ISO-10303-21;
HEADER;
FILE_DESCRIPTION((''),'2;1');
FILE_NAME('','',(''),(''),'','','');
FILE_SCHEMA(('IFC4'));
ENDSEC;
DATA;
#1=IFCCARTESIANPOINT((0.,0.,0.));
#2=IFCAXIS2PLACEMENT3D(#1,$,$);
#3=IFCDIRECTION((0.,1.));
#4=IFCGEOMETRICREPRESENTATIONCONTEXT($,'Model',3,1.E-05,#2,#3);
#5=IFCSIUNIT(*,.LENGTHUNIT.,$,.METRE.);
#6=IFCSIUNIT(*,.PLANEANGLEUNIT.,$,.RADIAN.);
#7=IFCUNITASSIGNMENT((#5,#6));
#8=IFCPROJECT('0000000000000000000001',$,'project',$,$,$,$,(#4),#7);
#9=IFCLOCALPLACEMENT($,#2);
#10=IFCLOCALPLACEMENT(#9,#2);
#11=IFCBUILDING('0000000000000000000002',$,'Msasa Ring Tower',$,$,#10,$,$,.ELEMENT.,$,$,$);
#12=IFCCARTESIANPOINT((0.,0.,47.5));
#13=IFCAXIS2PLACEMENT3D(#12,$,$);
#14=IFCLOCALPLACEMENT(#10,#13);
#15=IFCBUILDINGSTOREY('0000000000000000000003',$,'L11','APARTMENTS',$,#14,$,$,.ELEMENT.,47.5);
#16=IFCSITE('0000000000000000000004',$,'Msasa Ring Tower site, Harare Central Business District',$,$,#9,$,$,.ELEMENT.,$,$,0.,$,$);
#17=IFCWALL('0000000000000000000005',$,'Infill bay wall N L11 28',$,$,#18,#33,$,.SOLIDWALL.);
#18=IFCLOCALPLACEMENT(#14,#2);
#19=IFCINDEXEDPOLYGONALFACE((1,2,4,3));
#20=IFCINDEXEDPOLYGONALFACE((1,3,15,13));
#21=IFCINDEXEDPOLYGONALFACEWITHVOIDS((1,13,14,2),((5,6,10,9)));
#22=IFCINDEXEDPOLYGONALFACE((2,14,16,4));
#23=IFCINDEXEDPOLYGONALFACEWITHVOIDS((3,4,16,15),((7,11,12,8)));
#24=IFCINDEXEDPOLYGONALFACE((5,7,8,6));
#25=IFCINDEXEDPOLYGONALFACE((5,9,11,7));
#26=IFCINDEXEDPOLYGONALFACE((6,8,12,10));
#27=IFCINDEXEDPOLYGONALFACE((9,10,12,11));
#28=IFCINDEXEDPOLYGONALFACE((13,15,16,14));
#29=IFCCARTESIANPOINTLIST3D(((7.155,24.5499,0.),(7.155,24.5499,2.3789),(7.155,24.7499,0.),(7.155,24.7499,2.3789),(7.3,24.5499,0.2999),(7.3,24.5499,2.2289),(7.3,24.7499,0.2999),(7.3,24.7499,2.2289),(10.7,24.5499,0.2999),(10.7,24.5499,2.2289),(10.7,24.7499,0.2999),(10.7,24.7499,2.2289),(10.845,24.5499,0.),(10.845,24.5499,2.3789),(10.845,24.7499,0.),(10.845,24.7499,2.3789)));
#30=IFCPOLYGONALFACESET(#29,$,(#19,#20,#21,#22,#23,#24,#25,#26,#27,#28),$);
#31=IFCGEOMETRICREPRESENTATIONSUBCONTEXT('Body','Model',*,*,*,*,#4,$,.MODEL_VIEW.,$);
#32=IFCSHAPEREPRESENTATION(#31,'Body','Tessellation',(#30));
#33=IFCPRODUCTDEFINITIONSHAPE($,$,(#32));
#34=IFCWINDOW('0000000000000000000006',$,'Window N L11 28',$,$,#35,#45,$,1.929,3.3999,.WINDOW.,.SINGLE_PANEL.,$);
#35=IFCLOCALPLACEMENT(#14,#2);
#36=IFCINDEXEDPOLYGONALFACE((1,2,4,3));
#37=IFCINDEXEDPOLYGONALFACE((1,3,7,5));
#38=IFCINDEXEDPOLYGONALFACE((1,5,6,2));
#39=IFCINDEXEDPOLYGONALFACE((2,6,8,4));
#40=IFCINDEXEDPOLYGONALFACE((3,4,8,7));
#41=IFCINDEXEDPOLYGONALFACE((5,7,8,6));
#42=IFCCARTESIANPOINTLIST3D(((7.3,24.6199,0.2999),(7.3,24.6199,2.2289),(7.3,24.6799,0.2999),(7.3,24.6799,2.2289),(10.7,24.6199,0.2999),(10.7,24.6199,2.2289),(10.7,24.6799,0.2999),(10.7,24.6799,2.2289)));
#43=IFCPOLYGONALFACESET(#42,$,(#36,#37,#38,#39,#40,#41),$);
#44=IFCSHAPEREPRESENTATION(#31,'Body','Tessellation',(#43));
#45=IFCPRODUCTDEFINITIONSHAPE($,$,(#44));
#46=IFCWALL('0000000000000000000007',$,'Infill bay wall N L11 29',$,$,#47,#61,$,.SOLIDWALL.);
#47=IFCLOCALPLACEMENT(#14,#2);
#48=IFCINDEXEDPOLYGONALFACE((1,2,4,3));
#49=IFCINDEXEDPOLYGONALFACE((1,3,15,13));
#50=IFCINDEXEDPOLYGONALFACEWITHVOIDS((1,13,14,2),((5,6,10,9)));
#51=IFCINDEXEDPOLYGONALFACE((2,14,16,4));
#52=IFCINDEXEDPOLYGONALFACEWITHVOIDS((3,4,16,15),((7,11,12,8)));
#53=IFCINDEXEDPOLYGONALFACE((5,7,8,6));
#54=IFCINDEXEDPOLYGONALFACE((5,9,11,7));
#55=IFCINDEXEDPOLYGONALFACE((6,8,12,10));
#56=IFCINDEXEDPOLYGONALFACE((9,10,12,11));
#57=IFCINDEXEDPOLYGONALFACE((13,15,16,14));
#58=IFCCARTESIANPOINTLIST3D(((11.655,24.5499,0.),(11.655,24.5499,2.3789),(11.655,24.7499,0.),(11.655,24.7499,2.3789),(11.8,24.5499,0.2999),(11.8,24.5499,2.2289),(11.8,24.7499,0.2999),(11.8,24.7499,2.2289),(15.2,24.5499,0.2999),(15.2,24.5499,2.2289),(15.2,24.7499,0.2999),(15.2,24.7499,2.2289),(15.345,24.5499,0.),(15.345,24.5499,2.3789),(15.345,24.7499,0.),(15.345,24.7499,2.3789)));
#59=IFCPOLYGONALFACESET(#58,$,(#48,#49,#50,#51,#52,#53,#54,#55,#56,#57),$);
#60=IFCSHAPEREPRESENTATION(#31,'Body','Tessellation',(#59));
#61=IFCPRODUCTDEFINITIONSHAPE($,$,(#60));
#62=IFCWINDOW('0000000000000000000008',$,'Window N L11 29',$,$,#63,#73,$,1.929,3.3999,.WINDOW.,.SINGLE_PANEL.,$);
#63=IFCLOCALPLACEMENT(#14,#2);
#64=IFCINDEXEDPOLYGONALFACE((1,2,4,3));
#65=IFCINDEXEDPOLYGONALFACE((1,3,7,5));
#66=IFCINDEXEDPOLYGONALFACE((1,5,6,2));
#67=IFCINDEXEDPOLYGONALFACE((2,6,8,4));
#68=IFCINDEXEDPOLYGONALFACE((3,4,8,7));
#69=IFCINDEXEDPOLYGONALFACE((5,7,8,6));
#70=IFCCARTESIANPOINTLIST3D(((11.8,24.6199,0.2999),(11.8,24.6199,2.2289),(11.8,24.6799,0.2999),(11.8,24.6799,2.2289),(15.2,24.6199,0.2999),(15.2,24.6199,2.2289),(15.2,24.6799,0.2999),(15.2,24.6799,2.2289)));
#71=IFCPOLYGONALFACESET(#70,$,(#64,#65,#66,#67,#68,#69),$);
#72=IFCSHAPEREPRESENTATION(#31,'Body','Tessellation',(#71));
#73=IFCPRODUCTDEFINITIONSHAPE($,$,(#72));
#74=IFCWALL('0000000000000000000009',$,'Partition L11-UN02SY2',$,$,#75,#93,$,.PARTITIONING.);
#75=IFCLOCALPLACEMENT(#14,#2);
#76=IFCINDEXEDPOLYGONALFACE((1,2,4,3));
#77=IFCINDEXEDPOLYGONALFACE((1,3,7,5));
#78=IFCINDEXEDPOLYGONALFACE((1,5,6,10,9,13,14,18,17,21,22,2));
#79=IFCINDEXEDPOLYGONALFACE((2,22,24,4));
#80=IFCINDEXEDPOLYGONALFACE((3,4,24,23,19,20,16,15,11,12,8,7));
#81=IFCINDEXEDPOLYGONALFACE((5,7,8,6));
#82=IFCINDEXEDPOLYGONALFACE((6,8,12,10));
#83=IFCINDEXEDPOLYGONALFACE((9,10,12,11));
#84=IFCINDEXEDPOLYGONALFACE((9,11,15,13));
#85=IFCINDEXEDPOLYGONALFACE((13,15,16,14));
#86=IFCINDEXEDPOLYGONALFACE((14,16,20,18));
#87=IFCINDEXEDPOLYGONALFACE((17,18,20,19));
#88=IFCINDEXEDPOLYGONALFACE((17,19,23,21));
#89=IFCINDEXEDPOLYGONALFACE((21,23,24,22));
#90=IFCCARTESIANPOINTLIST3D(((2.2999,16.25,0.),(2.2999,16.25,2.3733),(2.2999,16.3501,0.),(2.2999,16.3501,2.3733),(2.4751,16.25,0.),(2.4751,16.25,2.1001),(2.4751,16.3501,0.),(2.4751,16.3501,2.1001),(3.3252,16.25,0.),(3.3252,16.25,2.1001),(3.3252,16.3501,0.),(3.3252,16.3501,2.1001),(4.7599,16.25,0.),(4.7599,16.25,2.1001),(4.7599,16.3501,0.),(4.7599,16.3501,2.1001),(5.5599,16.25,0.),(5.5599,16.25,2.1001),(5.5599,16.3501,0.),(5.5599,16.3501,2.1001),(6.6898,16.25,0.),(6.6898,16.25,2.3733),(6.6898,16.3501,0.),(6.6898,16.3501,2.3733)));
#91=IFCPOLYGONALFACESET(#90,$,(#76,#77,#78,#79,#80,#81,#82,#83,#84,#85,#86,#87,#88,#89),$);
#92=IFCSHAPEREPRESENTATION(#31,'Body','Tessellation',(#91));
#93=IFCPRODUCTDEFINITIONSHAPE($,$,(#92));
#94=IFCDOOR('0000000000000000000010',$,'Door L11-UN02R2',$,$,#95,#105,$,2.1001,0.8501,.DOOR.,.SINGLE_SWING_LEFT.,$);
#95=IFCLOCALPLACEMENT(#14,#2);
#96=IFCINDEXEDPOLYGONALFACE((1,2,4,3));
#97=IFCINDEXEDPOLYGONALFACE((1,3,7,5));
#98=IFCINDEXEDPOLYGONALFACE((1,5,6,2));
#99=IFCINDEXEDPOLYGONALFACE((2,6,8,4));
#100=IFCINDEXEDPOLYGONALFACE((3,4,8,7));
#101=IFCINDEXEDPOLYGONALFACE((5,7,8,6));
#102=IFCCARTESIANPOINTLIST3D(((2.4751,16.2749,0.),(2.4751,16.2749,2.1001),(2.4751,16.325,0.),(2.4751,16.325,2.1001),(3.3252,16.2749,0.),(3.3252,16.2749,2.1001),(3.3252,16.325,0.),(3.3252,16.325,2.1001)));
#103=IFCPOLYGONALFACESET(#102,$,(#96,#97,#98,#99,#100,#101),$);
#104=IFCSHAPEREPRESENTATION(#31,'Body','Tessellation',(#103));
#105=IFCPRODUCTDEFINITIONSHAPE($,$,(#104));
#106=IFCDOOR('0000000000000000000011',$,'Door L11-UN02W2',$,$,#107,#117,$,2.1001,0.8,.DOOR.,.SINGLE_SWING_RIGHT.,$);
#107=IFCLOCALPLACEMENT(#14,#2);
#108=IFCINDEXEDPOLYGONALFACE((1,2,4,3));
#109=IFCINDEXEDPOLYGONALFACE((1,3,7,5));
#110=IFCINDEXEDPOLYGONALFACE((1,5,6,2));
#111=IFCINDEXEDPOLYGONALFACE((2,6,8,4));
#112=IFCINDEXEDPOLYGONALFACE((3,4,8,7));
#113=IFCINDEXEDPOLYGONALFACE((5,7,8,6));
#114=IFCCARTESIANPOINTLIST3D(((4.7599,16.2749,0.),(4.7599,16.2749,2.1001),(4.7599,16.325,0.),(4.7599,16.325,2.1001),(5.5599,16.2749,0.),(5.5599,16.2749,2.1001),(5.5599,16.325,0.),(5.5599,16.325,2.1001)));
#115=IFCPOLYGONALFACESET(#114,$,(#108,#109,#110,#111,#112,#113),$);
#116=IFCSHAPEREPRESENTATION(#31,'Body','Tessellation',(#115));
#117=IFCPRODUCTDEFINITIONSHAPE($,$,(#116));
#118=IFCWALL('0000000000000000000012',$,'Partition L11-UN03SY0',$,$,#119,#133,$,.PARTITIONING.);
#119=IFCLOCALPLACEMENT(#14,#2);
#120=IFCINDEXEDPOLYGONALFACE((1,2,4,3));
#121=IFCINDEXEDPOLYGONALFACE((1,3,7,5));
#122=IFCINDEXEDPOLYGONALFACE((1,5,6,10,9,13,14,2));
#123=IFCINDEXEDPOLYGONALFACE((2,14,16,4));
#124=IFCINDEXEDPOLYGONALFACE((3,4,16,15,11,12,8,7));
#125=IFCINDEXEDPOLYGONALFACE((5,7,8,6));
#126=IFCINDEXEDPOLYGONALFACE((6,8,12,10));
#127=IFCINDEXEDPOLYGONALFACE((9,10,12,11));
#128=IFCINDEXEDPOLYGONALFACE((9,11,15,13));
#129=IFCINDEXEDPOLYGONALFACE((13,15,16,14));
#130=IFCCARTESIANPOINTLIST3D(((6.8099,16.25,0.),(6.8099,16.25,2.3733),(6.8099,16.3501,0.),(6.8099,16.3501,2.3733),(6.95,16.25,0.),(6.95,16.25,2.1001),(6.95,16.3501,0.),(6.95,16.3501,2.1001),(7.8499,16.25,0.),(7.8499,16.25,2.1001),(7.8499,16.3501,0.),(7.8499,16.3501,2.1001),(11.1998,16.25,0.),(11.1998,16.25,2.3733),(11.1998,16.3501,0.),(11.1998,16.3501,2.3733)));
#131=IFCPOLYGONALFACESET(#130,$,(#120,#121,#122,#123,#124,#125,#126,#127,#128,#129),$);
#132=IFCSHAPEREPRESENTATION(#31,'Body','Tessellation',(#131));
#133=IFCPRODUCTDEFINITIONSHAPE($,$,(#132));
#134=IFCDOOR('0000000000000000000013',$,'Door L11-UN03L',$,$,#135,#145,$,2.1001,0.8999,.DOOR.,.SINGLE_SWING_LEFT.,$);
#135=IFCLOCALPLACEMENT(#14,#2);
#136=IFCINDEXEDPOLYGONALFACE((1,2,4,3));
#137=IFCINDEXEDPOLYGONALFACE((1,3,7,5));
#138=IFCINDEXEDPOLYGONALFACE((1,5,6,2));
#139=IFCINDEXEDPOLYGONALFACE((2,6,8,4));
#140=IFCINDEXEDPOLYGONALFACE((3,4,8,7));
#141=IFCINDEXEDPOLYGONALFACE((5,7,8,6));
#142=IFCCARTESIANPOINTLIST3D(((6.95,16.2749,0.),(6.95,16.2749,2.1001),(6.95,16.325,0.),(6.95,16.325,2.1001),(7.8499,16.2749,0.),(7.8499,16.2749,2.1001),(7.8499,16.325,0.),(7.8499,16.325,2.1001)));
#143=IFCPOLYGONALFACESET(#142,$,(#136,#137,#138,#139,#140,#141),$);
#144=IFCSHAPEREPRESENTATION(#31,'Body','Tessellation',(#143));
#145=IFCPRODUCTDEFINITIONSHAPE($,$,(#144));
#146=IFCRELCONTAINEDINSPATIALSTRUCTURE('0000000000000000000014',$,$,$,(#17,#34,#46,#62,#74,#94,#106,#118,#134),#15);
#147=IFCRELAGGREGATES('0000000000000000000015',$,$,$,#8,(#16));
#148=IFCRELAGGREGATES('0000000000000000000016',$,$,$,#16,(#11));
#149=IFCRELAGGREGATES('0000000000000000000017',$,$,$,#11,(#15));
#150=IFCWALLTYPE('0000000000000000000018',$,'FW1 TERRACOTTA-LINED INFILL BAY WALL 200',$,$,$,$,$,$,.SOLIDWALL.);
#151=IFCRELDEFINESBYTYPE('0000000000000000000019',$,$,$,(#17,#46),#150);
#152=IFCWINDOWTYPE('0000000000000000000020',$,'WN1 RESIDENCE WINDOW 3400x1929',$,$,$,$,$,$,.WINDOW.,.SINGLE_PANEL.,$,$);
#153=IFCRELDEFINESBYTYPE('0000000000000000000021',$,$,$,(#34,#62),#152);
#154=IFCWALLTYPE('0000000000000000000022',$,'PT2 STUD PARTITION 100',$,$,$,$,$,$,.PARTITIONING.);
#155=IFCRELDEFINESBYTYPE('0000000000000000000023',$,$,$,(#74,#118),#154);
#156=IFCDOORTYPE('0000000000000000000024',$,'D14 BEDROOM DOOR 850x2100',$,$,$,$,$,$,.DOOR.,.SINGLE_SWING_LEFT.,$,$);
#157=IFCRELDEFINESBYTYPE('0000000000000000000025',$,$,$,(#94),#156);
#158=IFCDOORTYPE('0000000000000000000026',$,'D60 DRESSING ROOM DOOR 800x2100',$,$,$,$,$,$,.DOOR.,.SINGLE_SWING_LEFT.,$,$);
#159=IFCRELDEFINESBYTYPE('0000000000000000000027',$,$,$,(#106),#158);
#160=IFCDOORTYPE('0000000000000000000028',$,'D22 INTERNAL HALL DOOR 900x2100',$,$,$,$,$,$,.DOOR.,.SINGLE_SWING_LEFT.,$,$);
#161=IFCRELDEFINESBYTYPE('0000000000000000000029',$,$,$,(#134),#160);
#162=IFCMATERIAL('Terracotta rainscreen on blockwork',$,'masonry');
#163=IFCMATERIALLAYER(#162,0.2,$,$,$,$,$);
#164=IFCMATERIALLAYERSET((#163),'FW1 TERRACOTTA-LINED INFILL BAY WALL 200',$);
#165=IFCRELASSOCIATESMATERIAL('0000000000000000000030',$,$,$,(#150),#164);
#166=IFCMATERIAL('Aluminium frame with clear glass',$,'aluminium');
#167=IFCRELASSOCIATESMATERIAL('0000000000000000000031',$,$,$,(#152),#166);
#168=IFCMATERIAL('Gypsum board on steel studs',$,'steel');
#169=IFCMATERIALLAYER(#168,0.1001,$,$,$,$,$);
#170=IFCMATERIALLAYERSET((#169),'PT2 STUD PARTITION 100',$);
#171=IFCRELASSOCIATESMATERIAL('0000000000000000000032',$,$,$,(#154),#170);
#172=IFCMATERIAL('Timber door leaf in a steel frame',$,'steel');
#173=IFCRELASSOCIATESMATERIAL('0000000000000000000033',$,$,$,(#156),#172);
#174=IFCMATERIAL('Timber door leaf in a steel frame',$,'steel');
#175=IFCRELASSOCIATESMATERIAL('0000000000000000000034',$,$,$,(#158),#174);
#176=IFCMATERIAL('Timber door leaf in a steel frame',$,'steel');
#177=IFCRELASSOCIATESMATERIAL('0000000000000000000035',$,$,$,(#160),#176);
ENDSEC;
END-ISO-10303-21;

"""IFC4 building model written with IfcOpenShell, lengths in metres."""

from ifc_helpers import new_model, si_unit, direction, frame, frame_2d, origin, place, context, subcontext, project, spatial, rectangle, extrude, material, layer, layer_set, type_object, element, fill, save


model = new_model("IFC4")

# Units and contexts
model_context = context("Model", 3, precision=1e-05, world=origin(), true_north=direction((0.0, 1.0)))
body_context = subcontext(model_context, "Body", "Model", "MODEL_VIEW")
ifc_project = project(units=[si_unit("LENGTHUNIT", "METRE"), si_unit("PLANEANGLEUNIT", "RADIAN")], contexts=[model_context])

# Site, building, storey
site_placement = place(None, origin())
site = spatial("IfcSite", under=ifc_project, at=site_placement, Name="Msasa Ring Tower site, Harare Central Business District", CompositionType="ELEMENT", RefElevation=0.0)
building_placement = place(site_placement, origin())
building = spatial("IfcBuilding", under=site, at=building_placement, Name="Msasa Ring Tower", CompositionType="ELEMENT")
storey_placement = place(building_placement, frame((0.0, 0.0, 47.5)))
storey = spatial("IfcBuildingStorey", under=building, at=storey_placement, Name="L11", Description="APARTMENTS", CompositionType="ELEMENT", Elevation=47.5)

# Walls, openings, windows
ifc_material_1 = material(Name="Terracotta rainscreen on blockwork", Category="masonry")
ifc_layer_1 = layer(ifc_material_1, 0.2)
ifc_layer_set_1 = layer_set([ifc_layer_1], Name="FW1 TERRACOTTA-LINED INFILL BAY WALL 200")
wall_type_1 = type_object("IfcWallType", Name="FW1 TERRACOTTA-LINED INFILL BAY WALL 200", PredefinedType="SOLIDWALL", material=ifc_layer_set_1)
ifc_material_2 = material(Name="Aluminium frame with clear glass", Category="aluminium")
window_type = type_object("IfcWindowType", Name="WN1 RESIDENCE WINDOW 3400x1929", PartitioningType="SINGLE_PANEL", PredefinedType="WINDOW", material=ifc_material_2)
wall_1_placement = place(storey_placement, frame((7.155, 24.6499, 0.0), z_axis=(0.0, 0.0, 1.0), x_axis=(1.0, 0.0, 0.0)))
wall_1 = element("IfcWall", 1, at=wall_1_placement, inside=storey, type_object=wall_type_1, Name="Infill bay wall N L11 28", PredefinedType="SOLIDWALL", context=body_context, shape_type="SweptSolid", body=[
    extrude(rectangle(XDim=3.6899, YDim=0.2, at=frame_2d((1.845, 0.0))), origin(), (0.0, 0.0, 1.0), 2.3789),
])
opening_1_placement = place(wall_1_placement, frame((0.145, 0.0, 0.3)))
opening_1 = element("IfcOpeningElement", 2, at=opening_1_placement, cuts=wall_1, PredefinedType="OPENING", context=body_context, shape_type="SweptSolid", body=[
    extrude(rectangle(XDim=3.3999, YDim=1.929, at=frame_2d((1.7, 0.9644))), frame((0.0, 0.1099, 0.0), z_axis=(0.0, -1.0, 0.0), x_axis=(1.0, 0.0, 0.0)), (0.0, 0.0, 1.0), 0.22),
])
window_1_placement = place(opening_1_placement, origin())
window_1 = element("IfcWindow", 3, at=window_1_placement, inside=storey, type_object=window_type, Name="Window N L11 28", OverallHeight=1.929, OverallWidth=3.3999, PartitioningType="SINGLE_PANEL", PredefinedType="WINDOW", context=body_context, shape_type="SweptSolid", body=[
    extrude(rectangle(XDim=3.3999, YDim=1.929, at=frame_2d((1.7, 0.9644))), frame((0.0, 0.03, 0.0), z_axis=(0.0, -1.0, 0.0), x_axis=(1.0, 0.0, 0.0)), (0.0, 0.0, 1.0), 0.0601),
])
fill(opening_1, window_1)
wall_2_placement = place(storey_placement, frame((11.655, 24.6499, 0.0), z_axis=(0.0, 0.0, 1.0), x_axis=(1.0, 0.0, 0.0)))
wall_2 = element("IfcWall", 4, at=wall_2_placement, inside=storey, type_object=wall_type_1, Name="Infill bay wall N L11 29", PredefinedType="SOLIDWALL", context=body_context, shape_type="SweptSolid", body=[
    extrude(rectangle(XDim=3.6899, YDim=0.2, at=frame_2d((1.845, 0.0))), origin(), (0.0, 0.0, 1.0), 2.3789),
])
opening_2_placement = place(wall_2_placement, frame((0.145, 0.0, 0.3)))
opening_2 = element("IfcOpeningElement", 5, at=opening_2_placement, cuts=wall_2, PredefinedType="OPENING", context=body_context, shape_type="SweptSolid", body=[
    extrude(rectangle(XDim=3.3999, YDim=1.929, at=frame_2d((1.7, 0.9644))), frame((0.0, 0.1099, 0.0), z_axis=(0.0, -1.0, 0.0), x_axis=(1.0, 0.0, 0.0)), (0.0, 0.0, 1.0), 0.22),
])
window_2_placement = place(opening_2_placement, origin())
window_2 = element("IfcWindow", 6, at=window_2_placement, inside=storey, type_object=window_type, Name="Window N L11 29", OverallHeight=1.929, OverallWidth=3.3999, PartitioningType="SINGLE_PANEL", PredefinedType="WINDOW", context=body_context, shape_type="SweptSolid", body=[
    extrude(rectangle(XDim=3.3999, YDim=1.929, at=frame_2d((1.7, 0.9644))), frame((0.0, 0.03, 0.0), z_axis=(0.0, -1.0, 0.0), x_axis=(1.0, 0.0, 0.0)), (0.0, 0.0, 1.0), 0.0601),
])
fill(opening_2, window_2)

# Wall, openings, doors
ifc_material_3 = material(Name="Gypsum board on steel studs", Category="steel")
ifc_layer_2 = layer(ifc_material_3, 0.1001)
ifc_layer_set_2 = layer_set([ifc_layer_2], Name="PT2 STUD PARTITION 100")
wall_type_2 = type_object("IfcWallType", Name="PT2 STUD PARTITION 100", PredefinedType="PARTITIONING", material=ifc_layer_set_2)
wall_3_placement = place(storey_placement, frame((2.3, 16.3, 0.0), z_axis=(0.0, 0.0, 1.0), x_axis=(1.0, 0.0, 0.0)))
wall_3 = element("IfcWall", 7, at=wall_3_placement, inside=storey, type_object=wall_type_2, Name="Partition L11-UN02SY2", PredefinedType="PARTITIONING", context=body_context, shape_type="SweptSolid", body=[
    extrude(rectangle(XDim=4.3899, YDim=0.1001, at=frame_2d((2.1948, 0.0))), origin(), (0.0, 0.0, 1.0), 2.3733),
])
opening_3_placement = place(wall_3_placement, frame((0.175, 0.0, 0.0)))
opening_3 = element("IfcOpeningElement", 8, at=opening_3_placement, cuts=wall_3, PredefinedType="OPENING", context=body_context, shape_type="SweptSolid", body=[
    extrude(rectangle(XDim=0.8501, YDim=2.1001, at=frame_2d((0.425, 1.05))), frame((0.0, 0.0601, 0.0), z_axis=(0.0, -1.0, 0.0), x_axis=(1.0, 0.0, 0.0)), (0.0, 0.0, 1.0), 0.1201),
])
opening_4_placement = place(wall_3_placement, frame((2.46, 0.0, 0.0)))
opening_4 = element("IfcOpeningElement", 9, at=opening_4_placement, cuts=wall_3, PredefinedType="OPENING", context=body_context, shape_type="SweptSolid", body=[
    extrude(rectangle(XDim=0.8, YDim=2.1001, at=frame_2d((0.3999, 1.05))), frame((0.0, 0.0601, 0.0), z_axis=(0.0, -1.0, 0.0), x_axis=(1.0, 0.0, 0.0)), (0.0, 0.0, 1.0), 0.1201),
])
ifc_material_4 = material(Name="Timber door leaf in a steel frame", Category="steel")
door_type_1 = type_object("IfcDoorType", Name="D14 BEDROOM DOOR 850x2100", OperationType="SINGLE_SWING_LEFT", PredefinedType="DOOR", material=ifc_material_4)
door_1_placement = place(opening_3_placement, origin())
door_1 = element("IfcDoor", 10, at=door_1_placement, inside=storey, type_object=door_type_1, Name="Door L11-UN02R2", OperationType="SINGLE_SWING_LEFT", OverallHeight=2.1001, OverallWidth=0.8501, PredefinedType="DOOR", context=body_context, shape_type="SweptSolid", body=[
    extrude(rectangle(XDim=0.8501, YDim=2.1001, at=frame_2d((0.425, 1.05))), frame((0.0, 0.0249, 0.0), z_axis=(0.0, -1.0, 0.0), x_axis=(1.0, 0.0, 0.0)), (0.0, 0.0, 1.0), 0.05),
])
fill(opening_3, door_1)
ifc_material_5 = material(Name="Timber door leaf in a steel frame", Category="steel")
door_type_2 = type_object("IfcDoorType", Name="D60 DRESSING ROOM DOOR 800x2100", OperationType="SINGLE_SWING_LEFT", PredefinedType="DOOR", material=ifc_material_5)
door_2_placement = place(opening_4_placement, origin())
door_2 = element("IfcDoor", 11, at=door_2_placement, inside=storey, type_object=door_type_2, Name="Door L11-UN02W2", OperationType="SINGLE_SWING_RIGHT", OverallHeight=2.1001, OverallWidth=0.8, PredefinedType="DOOR", context=body_context, shape_type="SweptSolid", body=[
    extrude(rectangle(XDim=0.8, YDim=2.1001, at=frame_2d((0.3999, 1.05))), frame((0.0, 0.0249, 0.0), z_axis=(0.0, -1.0, 0.0), x_axis=(1.0, 0.0, 0.0)), (0.0, 0.0, 1.0), 0.05),
])
fill(opening_4, door_2)

# Wall, opening, door
wall_4_placement = place(storey_placement, frame((6.8101, 16.3, 0.0), z_axis=(0.0, 0.0, 1.0), x_axis=(1.0, 0.0, 0.0)))
wall_4 = element("IfcWall", 12, at=wall_4_placement, inside=storey, type_object=wall_type_2, Name="Partition L11-UN03SY0", PredefinedType="PARTITIONING", context=body_context, shape_type="SweptSolid", body=[
    extrude(rectangle(XDim=4.3899, YDim=0.1001, at=frame_2d((2.1948, 0.0))), origin(), (0.0, 0.0, 1.0), 2.3733),
])
opening_5_placement = place(wall_4_placement, frame((0.1399, 0.0, 0.0)))
opening_5 = element("IfcOpeningElement", 13, at=opening_5_placement, cuts=wall_4, PredefinedType="OPENING", context=body_context, shape_type="SweptSolid", body=[
    extrude(rectangle(XDim=0.8999, YDim=2.1001, at=frame_2d((0.45, 1.05))), frame((0.0, 0.0601, 0.0), z_axis=(0.0, -1.0, 0.0), x_axis=(1.0, 0.0, 0.0)), (0.0, 0.0, 1.0), 0.1201),
])
ifc_material_6 = material(Name="Timber door leaf in a steel frame", Category="steel")
door_type_3 = type_object("IfcDoorType", Name="D22 INTERNAL HALL DOOR 900x2100", OperationType="SINGLE_SWING_LEFT", PredefinedType="DOOR", material=ifc_material_6)
door_3_placement = place(opening_5_placement, origin())
door_3 = element("IfcDoor", 14, at=door_3_placement, inside=storey, type_object=door_type_3, Name="Door L11-UN03L", OperationType="SINGLE_SWING_LEFT", OverallHeight=2.1001, OverallWidth=0.8999, PredefinedType="DOOR", context=body_context, shape_type="SweptSolid", body=[
    extrude(rectangle(XDim=0.8999, YDim=2.1001, at=frame_2d((0.45, 1.05))), frame((0.0, 0.0249, 0.0), z_axis=(0.0, -1.0, 0.0), x_axis=(1.0, 0.0, 0.0)), (0.0, 0.0, 1.0), 0.05),
])
fill(opening_5, door_3)

save(model, "model.ifc")
